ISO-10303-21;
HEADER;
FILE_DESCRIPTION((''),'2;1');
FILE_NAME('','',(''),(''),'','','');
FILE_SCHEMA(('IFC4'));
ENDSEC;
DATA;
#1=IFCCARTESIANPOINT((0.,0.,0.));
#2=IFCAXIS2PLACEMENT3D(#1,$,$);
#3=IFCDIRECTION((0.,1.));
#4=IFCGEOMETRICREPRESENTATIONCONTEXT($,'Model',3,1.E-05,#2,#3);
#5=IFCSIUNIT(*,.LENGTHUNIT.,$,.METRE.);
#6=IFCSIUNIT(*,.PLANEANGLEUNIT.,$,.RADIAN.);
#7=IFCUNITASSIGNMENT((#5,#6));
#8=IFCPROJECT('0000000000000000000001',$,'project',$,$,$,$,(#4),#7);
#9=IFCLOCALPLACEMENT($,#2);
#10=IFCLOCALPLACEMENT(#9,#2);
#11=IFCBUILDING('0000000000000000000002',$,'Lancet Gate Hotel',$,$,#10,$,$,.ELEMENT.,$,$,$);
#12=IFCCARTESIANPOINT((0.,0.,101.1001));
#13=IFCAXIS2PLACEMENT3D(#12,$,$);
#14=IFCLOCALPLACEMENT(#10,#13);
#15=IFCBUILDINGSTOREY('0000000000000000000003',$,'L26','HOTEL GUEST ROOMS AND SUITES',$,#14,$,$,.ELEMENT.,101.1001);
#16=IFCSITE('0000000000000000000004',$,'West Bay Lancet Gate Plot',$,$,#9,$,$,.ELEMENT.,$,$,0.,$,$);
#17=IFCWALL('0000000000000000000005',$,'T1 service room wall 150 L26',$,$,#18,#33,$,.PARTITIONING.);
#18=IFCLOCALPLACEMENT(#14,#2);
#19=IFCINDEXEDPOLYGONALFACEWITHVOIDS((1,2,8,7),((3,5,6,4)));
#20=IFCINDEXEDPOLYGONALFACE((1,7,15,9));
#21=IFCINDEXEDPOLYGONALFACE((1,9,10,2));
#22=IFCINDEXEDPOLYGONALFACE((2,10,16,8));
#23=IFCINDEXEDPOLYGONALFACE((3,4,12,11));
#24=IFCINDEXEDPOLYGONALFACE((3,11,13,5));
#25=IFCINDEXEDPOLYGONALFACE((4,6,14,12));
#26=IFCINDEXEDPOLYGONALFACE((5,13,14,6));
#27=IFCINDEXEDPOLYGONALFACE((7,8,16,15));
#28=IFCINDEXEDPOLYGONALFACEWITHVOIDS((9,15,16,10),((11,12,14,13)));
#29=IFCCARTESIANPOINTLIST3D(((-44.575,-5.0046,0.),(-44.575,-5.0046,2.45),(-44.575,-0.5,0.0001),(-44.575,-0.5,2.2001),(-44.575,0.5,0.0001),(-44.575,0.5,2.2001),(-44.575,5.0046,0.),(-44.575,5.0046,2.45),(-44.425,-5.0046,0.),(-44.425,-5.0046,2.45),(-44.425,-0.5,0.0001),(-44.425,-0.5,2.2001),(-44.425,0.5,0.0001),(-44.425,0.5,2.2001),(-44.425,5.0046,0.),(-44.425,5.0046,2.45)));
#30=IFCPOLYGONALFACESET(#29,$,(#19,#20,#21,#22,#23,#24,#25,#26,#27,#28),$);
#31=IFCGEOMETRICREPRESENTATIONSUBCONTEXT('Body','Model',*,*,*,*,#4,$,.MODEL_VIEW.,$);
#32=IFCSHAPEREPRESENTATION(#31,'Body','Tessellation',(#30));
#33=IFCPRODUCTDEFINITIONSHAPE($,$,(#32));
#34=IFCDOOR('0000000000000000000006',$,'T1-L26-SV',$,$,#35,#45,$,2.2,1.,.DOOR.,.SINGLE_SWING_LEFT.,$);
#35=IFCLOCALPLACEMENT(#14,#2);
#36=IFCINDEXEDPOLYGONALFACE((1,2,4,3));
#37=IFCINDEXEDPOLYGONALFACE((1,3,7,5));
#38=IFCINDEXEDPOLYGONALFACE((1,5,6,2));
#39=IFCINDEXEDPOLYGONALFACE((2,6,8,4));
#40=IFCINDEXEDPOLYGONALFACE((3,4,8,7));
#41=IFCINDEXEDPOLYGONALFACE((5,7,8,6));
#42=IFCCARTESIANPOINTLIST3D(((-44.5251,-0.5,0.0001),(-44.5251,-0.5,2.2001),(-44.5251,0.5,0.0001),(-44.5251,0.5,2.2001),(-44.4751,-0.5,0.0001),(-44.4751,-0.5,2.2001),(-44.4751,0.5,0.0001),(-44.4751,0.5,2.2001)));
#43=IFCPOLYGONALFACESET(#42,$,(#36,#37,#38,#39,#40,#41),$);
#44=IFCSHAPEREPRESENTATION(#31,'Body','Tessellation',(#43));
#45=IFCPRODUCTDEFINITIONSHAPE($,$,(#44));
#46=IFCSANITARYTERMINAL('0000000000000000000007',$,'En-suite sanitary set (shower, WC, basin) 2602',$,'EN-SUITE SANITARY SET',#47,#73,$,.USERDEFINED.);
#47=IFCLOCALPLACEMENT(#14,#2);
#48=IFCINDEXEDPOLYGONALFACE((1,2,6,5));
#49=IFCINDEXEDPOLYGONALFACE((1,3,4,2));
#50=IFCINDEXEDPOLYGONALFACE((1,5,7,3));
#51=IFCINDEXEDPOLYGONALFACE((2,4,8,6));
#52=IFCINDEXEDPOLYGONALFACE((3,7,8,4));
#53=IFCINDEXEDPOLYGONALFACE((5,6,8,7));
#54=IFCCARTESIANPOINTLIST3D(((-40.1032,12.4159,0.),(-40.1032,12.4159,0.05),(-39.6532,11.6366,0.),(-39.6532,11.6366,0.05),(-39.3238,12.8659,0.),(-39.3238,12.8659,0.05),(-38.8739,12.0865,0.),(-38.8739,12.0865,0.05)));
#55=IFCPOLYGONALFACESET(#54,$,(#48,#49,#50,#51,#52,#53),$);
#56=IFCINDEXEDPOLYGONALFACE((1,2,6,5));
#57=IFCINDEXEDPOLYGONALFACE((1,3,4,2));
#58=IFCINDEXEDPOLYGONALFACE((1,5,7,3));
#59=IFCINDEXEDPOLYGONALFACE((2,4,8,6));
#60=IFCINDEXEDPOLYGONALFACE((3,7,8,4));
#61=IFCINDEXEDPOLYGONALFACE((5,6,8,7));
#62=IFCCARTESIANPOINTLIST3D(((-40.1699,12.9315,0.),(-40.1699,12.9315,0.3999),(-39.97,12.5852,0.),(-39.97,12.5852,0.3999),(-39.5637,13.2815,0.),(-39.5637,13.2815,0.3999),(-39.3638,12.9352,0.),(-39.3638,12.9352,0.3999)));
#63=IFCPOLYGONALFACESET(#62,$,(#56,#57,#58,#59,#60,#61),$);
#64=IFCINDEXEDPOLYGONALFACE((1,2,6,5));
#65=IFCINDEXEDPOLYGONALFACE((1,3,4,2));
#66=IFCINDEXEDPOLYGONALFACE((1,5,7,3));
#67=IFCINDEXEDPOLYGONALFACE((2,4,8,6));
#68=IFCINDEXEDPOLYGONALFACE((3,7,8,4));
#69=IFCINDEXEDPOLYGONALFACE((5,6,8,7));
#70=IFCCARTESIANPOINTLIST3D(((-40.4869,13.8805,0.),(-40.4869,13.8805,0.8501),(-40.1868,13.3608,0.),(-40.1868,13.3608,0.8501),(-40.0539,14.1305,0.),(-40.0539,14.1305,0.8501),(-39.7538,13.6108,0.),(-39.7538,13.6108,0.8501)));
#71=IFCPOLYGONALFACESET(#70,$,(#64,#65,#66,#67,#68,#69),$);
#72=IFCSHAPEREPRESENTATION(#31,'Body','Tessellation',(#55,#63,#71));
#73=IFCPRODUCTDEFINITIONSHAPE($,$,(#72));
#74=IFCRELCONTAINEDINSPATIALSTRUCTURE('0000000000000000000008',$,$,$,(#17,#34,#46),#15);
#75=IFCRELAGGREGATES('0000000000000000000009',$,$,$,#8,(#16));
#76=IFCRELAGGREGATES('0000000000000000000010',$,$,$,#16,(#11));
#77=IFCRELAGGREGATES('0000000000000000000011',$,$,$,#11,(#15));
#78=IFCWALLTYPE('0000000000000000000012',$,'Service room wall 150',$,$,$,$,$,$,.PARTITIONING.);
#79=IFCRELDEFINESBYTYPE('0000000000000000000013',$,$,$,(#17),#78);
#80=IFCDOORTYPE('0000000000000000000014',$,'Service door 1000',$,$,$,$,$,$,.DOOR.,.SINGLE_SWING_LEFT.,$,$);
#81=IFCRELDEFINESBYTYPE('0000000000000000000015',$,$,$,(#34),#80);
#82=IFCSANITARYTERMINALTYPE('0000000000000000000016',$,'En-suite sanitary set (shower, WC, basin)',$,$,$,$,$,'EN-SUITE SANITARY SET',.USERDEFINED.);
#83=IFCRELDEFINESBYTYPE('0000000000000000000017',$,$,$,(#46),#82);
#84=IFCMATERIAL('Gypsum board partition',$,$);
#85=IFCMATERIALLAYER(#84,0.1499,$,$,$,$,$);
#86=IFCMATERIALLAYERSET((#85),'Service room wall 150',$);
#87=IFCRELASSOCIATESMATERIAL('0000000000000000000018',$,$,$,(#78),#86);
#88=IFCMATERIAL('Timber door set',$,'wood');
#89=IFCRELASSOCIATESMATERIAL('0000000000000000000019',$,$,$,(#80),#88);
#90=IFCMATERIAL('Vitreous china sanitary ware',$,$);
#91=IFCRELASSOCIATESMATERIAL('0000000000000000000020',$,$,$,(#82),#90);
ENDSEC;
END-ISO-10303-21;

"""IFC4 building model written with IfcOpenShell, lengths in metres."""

from ifc_helpers import new_model, si_unit, direction, frame, frame_2d, origin, origin_2d, place, context, subcontext, project, spatial, rectangle, extrude, material, layer, layer_set, type_object, element, fill, save


model = new_model("IFC4")

# Units and contexts
model_context = context("Model", 3, precision=1e-05, world=origin(), true_north=direction((0.0, 1.0)))
body_context = subcontext(model_context, "Body", "Model", "MODEL_VIEW")
ifc_project = project(units=[si_unit("LENGTHUNIT", "METRE"), si_unit("PLANEANGLEUNIT", "RADIAN")], contexts=[model_context])

# Site, building, storey
site_placement = place(None, origin())
site = spatial("IfcSite", under=ifc_project, at=site_placement, Name="West Bay Lancet Gate Plot", CompositionType="ELEMENT", RefElevation=0.0)
building_placement = place(site_placement, origin())
building = spatial("IfcBuilding", under=site, at=building_placement, Name="Lancet Gate Hotel", CompositionType="ELEMENT")
storey_placement = place(building_placement, frame((0.0, 0.0, 101.1001)))
storey = spatial("IfcBuildingStorey", under=building, at=storey_placement, Name="L26", Description="HOTEL GUEST ROOMS AND SUITES", CompositionType="ELEMENT", Elevation=101.1001)

# Wall, opening, door
ifc_material_1 = material(Name="Gypsum board partition")
ifc_layer_1 = layer(ifc_material_1, 0.1499)
ifc_layer_set_1 = layer_set([ifc_layer_1], Name="Service room wall 150")
wall_type_1 = type_object("IfcWallType", Name="Service room wall 150", PredefinedType="PARTITIONING", material=ifc_layer_set_1)
ifc_material_2 = material(Name="Timber door set", Category="wood")
door_type_1 = type_object("IfcDoorType", Name="Service door 1000", OperationType="SINGLE_SWING_LEFT", PredefinedType="DOOR", material=ifc_material_2)
wall_1_placement = place(storey_placement, frame((-44.5, 5.0046, 0.0), z_axis=(0.0, 0.0, 1.0), x_axis=(0.0, -1.0, 0.0)))
wall_1 = element("IfcWall", 1, at=wall_1_placement, inside=storey, type_object=wall_type_1, Name="T1 service room wall 150 L26", PredefinedType="PARTITIONING", context=body_context, shape_type="SweptSolid", body=[
    extrude(rectangle(XDim=10.0093, YDim=0.1499, at=frame_2d((5.0046, 0.0))), origin(), (0.0, 0.0, 1.0), 2.45),
])
opening_1_placement = place(wall_1_placement, frame((4.5046, 0.0, 0.0)))
opening_1 = element("IfcOpeningElement", 2, at=opening_1_placement, cuts=wall_1, PredefinedType="OPENING", context=body_context, shape_type="SweptSolid", body=[
    extrude(rectangle(XDim=1.0, YDim=2.2, at=frame_2d((0.5, 1.1001))), frame((0.0, 0.085, 0.0), z_axis=(0.0, -1.0, 0.0), x_axis=(1.0, 0.0, 0.0)), (0.0, 0.0, 1.0), 0.1699),
])
door_1_placement = place(opening_1_placement, origin())
door_1 = element("IfcDoor", 3, at=door_1_placement, inside=storey, type_object=door_type_1, Name="T1-L26-SV", OperationType="SINGLE_SWING_LEFT", OverallHeight=2.2, OverallWidth=1.0, PredefinedType="DOOR", context=body_context, shape_type="SweptSolid", body=[
    extrude(rectangle(XDim=1.0, YDim=2.2, at=frame_2d((0.5, 1.1001))), frame((0.0, 0.0249, 0.0), z_axis=(0.0, -1.0, 0.0), x_axis=(1.0, 0.0, 0.0)), (0.0, 0.0, 1.0), 0.05),
])
fill(opening_1, door_1)

# Sanitary terminal
ifc_material_3 = material(Name="Vitreous china sanitary ware")
sanitary_terminal_type = type_object("IfcSanitaryTerminalType", Name="En-suite sanitary set (shower, WC, basin)", ElementType="EN-SUITE SANITARY SET", PredefinedType="USERDEFINED", material=ifc_material_3)
sanitary_terminal_placement = place(storey_placement, frame((-39.4885, 12.2512, 0.0), z_axis=(0.0, 0.0, 1.0), x_axis=(1.0, 0.0, 0.0)))
element("IfcSanitaryTerminal", 4, at=sanitary_terminal_placement, inside=storey, type_object=sanitary_terminal_type, Name="En-suite sanitary set (shower, WC, basin) 2602", ObjectType="EN-SUITE SANITARY SET", PredefinedType="USERDEFINED", context=body_context, shape_type="SweptSolid", body=[
    extrude(rectangle(XDim=0.8999, YDim=0.8999, at=origin_2d()), frame((0.0, 0.0, 0.0), z_axis=(0.0, 0.0, 1.0), x_axis=(0.5, -0.866025, 0.0)), (0.0, 0.0, 1.0), 0.05),
    extrude(rectangle(XDim=0.3999, YDim=0.7, at=origin_2d()), frame((-0.2783, 0.6821, 0.0), z_axis=(0.0, 0.0, 1.0), x_axis=(0.5, -0.866025, 0.0)), (0.0, 0.0, 1.0), 0.3999),
    extrude(rectangle(XDim=0.6001, YDim=0.5, at=origin_2d()), frame((-0.6318, 1.4944, 0.0), z_axis=(0.0, 0.0, 1.0), x_axis=(0.5, -0.866025, 0.0)), (0.0, 0.0, 1.0), 0.8501),
])

save(model, "model.ifc")
